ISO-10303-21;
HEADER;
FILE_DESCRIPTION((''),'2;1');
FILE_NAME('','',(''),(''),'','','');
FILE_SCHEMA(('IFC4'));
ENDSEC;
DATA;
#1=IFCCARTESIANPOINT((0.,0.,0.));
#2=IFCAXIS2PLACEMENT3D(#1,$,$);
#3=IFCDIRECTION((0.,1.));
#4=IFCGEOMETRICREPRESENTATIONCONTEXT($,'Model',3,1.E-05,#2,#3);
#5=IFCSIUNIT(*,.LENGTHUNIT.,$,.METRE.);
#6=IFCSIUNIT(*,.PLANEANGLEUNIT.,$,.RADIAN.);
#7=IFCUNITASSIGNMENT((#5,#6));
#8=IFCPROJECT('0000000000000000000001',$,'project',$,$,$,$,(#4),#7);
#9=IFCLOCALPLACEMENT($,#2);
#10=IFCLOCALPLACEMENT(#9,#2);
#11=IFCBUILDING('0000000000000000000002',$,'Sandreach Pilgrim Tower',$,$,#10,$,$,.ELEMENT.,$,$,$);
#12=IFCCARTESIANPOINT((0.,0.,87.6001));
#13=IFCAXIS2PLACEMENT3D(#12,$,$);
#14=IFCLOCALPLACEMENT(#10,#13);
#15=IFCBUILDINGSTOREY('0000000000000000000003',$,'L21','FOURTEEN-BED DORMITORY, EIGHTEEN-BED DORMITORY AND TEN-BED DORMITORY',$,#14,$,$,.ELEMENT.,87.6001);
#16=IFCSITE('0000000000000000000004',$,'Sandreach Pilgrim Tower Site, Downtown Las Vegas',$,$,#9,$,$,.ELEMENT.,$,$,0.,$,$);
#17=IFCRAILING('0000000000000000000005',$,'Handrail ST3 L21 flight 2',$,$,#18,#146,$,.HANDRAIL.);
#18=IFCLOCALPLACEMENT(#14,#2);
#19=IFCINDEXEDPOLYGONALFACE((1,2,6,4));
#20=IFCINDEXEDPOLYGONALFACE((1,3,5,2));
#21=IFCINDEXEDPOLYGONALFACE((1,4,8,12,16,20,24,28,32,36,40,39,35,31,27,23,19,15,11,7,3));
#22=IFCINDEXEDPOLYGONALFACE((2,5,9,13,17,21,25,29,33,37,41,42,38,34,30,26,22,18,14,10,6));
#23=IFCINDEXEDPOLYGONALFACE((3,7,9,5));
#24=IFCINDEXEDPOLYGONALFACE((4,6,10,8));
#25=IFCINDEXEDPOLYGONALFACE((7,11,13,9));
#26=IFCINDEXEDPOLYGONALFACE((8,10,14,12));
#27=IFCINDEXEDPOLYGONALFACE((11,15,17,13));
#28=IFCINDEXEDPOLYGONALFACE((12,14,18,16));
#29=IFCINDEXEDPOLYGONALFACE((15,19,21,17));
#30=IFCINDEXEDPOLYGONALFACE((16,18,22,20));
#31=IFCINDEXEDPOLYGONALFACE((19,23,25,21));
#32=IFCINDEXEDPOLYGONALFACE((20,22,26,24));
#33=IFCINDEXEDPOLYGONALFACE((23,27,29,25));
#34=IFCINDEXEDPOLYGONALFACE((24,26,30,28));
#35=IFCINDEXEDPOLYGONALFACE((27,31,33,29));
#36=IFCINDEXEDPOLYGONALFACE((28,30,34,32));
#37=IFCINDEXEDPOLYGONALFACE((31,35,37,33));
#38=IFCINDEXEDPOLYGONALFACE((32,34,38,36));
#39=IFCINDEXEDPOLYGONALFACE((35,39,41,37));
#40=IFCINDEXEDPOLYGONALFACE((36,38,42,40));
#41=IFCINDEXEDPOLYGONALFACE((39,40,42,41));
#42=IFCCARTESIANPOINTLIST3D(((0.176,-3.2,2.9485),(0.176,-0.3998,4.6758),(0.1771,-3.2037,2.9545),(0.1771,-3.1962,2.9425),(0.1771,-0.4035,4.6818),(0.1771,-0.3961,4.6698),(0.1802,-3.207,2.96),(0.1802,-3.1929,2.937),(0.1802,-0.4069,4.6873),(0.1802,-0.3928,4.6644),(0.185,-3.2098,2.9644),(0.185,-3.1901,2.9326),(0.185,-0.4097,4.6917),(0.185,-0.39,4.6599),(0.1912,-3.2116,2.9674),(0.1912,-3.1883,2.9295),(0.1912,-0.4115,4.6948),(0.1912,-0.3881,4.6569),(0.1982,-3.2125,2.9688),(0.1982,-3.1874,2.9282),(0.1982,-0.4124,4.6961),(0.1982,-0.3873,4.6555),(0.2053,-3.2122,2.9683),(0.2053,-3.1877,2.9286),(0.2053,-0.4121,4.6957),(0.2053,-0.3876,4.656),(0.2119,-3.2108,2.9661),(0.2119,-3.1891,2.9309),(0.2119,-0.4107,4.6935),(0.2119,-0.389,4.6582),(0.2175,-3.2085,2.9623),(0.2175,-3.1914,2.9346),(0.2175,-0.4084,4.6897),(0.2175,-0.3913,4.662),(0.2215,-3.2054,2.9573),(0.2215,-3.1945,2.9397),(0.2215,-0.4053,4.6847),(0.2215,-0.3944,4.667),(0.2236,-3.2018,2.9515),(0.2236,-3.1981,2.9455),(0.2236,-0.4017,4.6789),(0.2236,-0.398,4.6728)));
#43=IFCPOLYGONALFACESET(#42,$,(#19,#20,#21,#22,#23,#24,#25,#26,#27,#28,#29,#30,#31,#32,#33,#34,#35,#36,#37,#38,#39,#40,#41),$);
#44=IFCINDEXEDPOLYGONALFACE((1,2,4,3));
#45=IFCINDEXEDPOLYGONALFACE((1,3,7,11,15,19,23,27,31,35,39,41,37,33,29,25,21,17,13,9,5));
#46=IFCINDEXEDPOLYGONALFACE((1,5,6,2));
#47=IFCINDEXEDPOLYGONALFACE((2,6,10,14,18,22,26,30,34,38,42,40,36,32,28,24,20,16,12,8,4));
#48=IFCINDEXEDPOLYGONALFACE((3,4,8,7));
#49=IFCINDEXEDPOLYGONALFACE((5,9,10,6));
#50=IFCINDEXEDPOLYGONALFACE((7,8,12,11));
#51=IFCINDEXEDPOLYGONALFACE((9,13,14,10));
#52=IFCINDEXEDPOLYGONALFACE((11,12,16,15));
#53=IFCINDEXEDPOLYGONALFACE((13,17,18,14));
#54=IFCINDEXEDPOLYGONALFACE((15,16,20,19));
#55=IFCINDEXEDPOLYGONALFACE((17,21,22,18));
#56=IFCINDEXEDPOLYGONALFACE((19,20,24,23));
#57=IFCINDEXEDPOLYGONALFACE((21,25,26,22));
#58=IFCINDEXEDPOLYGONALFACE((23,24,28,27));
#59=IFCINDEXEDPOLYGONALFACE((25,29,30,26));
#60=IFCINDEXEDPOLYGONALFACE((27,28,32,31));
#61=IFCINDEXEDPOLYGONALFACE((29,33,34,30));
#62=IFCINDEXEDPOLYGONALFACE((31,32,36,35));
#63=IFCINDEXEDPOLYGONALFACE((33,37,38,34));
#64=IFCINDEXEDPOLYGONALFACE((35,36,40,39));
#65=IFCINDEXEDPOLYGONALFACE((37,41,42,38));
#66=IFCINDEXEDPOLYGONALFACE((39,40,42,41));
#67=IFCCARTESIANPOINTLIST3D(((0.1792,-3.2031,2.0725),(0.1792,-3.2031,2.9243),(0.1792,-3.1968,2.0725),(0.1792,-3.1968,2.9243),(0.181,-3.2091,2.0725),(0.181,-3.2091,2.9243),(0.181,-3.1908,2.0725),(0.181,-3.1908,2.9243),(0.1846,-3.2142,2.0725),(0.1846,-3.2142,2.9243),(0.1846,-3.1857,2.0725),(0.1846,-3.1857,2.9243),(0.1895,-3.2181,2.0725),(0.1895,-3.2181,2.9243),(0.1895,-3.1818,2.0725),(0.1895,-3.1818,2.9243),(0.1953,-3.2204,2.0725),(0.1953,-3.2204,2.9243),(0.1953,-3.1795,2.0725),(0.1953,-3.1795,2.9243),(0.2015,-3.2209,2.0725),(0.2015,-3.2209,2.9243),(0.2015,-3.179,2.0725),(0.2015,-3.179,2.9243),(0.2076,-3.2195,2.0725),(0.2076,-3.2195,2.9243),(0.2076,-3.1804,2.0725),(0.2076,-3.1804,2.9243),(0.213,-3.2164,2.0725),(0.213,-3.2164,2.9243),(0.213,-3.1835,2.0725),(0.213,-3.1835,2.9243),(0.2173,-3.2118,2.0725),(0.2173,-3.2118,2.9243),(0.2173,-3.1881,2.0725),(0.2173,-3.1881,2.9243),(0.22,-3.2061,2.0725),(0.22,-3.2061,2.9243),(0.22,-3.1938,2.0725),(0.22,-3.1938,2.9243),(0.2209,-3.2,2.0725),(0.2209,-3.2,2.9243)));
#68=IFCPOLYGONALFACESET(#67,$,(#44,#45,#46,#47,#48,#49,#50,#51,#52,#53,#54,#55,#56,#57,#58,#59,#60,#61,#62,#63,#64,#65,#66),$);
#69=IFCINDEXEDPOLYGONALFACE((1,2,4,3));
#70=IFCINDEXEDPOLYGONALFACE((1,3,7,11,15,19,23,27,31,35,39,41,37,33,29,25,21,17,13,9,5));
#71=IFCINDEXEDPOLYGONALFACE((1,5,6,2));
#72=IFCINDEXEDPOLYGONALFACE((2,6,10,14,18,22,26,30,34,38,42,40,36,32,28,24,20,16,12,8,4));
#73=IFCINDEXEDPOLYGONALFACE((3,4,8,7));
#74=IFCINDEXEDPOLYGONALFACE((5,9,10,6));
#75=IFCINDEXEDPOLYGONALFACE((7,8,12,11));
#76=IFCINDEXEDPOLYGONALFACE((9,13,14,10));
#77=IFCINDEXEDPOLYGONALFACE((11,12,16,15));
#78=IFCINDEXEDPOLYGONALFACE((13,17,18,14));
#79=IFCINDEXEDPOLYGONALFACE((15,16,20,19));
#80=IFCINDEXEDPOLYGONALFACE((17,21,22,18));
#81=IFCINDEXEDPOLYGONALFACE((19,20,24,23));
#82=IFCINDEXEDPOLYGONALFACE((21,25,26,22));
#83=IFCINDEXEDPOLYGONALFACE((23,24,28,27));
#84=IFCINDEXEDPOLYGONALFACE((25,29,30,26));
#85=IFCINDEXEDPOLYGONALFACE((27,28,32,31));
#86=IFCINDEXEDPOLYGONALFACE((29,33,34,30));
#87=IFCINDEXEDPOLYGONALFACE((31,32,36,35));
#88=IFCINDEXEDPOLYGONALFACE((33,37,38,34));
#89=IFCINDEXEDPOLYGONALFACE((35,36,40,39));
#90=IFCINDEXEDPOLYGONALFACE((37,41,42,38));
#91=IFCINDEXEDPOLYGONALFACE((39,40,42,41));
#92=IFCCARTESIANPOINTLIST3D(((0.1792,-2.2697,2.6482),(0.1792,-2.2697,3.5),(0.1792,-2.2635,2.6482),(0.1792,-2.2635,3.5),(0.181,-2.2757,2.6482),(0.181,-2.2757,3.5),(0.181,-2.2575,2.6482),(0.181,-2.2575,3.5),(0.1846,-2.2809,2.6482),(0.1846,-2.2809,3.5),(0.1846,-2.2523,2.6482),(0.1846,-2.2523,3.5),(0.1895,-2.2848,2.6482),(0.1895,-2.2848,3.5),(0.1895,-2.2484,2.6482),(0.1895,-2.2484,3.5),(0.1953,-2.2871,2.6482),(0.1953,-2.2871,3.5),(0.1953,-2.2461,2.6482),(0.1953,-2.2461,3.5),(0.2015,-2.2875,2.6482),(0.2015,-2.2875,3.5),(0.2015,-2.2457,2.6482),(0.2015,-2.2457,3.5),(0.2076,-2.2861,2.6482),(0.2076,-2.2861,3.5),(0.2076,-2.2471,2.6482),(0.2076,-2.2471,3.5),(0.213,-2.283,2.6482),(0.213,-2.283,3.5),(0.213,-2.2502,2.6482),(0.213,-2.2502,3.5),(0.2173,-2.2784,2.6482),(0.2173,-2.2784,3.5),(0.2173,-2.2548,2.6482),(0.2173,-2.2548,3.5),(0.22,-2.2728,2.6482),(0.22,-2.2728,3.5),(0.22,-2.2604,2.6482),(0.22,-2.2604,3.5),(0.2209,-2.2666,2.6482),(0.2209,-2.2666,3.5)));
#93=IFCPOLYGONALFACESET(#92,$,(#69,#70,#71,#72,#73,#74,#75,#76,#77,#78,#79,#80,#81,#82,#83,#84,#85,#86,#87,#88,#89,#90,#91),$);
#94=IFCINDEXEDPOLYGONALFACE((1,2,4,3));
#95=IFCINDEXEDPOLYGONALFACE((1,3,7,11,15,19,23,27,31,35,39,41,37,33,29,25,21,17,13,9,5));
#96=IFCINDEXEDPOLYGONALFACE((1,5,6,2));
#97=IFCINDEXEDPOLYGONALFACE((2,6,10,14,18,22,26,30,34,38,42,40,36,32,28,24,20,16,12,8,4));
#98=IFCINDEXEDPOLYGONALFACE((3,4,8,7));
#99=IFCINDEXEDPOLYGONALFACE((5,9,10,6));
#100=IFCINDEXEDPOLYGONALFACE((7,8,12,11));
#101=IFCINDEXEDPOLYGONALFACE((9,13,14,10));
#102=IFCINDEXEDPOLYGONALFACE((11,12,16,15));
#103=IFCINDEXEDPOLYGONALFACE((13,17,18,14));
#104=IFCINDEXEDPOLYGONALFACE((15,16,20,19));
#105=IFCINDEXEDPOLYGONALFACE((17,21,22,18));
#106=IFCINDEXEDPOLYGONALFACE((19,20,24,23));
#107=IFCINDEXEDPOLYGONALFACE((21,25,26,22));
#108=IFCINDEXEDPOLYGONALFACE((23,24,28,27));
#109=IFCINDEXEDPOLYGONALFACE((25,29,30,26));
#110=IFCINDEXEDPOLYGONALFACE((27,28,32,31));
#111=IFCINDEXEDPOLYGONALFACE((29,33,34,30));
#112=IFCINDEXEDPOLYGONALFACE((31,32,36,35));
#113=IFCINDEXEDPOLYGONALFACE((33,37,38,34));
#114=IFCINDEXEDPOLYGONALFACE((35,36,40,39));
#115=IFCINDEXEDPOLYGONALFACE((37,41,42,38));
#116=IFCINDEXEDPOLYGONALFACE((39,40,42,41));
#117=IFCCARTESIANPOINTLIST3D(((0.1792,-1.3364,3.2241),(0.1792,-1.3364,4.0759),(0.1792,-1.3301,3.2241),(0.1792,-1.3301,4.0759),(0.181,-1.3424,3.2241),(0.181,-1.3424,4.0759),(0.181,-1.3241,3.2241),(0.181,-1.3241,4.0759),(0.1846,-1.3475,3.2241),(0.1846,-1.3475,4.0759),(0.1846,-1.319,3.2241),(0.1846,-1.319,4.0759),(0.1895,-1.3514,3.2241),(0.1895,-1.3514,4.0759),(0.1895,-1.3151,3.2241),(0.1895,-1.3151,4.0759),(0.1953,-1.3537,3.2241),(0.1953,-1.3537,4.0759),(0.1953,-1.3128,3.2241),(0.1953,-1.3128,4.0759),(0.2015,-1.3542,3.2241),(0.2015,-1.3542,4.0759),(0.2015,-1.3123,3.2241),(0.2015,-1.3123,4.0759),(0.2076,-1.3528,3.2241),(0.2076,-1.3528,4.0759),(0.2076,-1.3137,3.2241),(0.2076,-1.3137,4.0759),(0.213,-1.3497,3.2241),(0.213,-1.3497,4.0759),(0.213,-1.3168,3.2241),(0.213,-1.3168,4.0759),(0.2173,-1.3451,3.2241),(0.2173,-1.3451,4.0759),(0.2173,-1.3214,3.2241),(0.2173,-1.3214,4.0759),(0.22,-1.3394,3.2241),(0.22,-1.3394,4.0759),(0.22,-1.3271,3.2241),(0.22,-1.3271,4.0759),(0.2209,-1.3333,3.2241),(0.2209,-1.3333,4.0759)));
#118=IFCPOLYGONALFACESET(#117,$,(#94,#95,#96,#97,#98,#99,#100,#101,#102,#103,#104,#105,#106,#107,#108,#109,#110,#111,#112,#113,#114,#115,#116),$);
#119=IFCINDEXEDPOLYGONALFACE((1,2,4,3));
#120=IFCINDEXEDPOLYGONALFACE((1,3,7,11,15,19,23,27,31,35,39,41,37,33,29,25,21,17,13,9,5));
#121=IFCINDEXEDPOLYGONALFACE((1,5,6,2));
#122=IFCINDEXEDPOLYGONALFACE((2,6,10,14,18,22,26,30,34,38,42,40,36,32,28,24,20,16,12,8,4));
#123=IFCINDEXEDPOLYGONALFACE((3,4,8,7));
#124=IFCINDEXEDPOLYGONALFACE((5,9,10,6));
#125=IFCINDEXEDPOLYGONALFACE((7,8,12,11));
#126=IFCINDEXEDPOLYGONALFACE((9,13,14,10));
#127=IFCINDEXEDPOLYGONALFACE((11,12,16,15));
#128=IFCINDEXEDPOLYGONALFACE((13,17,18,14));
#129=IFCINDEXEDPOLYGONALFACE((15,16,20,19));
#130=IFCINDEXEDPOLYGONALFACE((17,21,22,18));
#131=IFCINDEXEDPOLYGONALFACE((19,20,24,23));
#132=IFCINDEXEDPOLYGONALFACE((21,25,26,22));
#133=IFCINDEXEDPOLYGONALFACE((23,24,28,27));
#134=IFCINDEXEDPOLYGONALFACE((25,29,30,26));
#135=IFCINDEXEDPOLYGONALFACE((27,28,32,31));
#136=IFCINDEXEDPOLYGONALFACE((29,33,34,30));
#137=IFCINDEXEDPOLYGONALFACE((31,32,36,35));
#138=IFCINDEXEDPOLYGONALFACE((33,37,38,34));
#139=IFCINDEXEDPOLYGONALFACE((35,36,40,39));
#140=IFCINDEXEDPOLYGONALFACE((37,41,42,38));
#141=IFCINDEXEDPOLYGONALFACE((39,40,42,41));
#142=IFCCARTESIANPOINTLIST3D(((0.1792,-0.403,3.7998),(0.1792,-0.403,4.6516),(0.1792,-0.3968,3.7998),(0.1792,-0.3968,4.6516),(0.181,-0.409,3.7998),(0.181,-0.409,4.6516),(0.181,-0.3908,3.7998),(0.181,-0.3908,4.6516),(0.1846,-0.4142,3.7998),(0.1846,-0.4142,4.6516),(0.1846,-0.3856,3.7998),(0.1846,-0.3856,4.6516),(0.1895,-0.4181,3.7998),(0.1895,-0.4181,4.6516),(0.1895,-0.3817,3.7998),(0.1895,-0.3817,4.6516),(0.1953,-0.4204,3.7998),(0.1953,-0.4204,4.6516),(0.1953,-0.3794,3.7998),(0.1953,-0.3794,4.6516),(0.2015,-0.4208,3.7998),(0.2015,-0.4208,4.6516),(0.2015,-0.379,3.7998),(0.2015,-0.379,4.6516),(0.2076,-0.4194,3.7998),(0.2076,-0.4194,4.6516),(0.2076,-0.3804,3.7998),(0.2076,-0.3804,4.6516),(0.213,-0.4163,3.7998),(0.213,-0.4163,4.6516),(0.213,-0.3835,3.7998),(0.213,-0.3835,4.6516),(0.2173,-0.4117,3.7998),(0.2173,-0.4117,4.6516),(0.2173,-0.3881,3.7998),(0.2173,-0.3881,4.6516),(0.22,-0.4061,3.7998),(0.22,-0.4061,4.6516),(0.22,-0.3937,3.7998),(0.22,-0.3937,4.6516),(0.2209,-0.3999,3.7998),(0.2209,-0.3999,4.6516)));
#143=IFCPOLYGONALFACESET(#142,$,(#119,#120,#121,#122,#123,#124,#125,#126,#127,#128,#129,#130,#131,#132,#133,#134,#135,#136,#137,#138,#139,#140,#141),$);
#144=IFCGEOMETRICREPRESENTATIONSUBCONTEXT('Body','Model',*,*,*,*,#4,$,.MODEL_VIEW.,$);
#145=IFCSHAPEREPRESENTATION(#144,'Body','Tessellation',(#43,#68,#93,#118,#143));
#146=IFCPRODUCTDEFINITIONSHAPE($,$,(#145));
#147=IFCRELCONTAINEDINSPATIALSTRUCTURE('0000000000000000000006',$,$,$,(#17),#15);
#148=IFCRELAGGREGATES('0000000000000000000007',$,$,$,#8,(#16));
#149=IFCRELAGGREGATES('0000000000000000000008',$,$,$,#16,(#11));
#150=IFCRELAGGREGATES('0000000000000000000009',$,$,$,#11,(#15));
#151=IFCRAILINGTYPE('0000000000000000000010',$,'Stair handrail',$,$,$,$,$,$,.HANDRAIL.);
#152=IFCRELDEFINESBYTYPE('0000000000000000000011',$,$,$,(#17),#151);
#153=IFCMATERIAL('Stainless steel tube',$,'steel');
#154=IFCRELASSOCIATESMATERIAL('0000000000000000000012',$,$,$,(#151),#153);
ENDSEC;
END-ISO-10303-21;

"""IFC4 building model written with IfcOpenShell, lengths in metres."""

from ifc_helpers import new_model, si_unit, direction, frame, origin, origin_2d, place, context, subcontext, project, spatial, circle, extrude, material, type_object, element, save


model = new_model("IFC4")

# Units and contexts
model_context = context("Model", 3, precision=1e-05, world=origin(), true_north=direction((0.0, 1.0)))
body_context = subcontext(model_context, "Body", "Model", "MODEL_VIEW")
ifc_project = project(units=[si_unit("LENGTHUNIT", "METRE"), si_unit("PLANEANGLEUNIT", "RADIAN")], contexts=[model_context])

# Site, building, storey
site_placement = place(None, origin())
site = spatial("IfcSite", under=ifc_project, at=site_placement, Name="Sandreach Pilgrim Tower Site, Downtown Las Vegas", CompositionType="ELEMENT", RefElevation=0.0)
building_placement = place(site_placement, origin())
building = spatial("IfcBuilding", under=site, at=building_placement, Name="Sandreach Pilgrim Tower", CompositionType="ELEMENT")
storey_placement = place(building_placement, frame((0.0, 0.0, 87.6001)))
storey = spatial("IfcBuildingStorey", under=building, at=storey_placement, Name="L21", Description="FOURTEEN-BED DORMITORY, EIGHTEEN-BED DORMITORY AND TEN-BED DORMITORY", CompositionType="ELEMENT", Elevation=87.6001)

# Railing
ifc_material_1 = material(Name="Stainless steel tube", Category="steel")
railing_type = type_object("IfcRailingType", Name="Stair handrail", PredefinedType="HANDRAIL", material=ifc_material_1)
for number, where, name in (
    (1, (0.2, -3.2, 2.0725), "Handrail ST3 L21 flight 2"),
):
    element("IfcRailing", number, at=place(storey_placement, frame(where)), inside=storey, type_object=railing_type, Name=name, PredefinedType="HANDRAIL", context=body_context, shape_type="SweptSolid", body=[
        extrude(circle(Radius=0.0239, at=origin_2d()), frame((0.0, 0.0, 0.876), z_axis=(0.0, 0.85109, 0.52502), x_axis=(-1.0, 0.0, 0.0)), (0.0, 0.0, 1.0), 3.29),
        extrude(circle(Radius=0.021, at=origin_2d()), origin(), (0.0, 0.0, 1.0), 0.8518),
        extrude(circle(Radius=0.021, at=origin_2d()), frame((0.0, 0.9333, 0.5757)), (0.0, 0.0, 1.0), 0.8518),
        extrude(circle(Radius=0.021, at=origin_2d()), frame((0.0, 1.8667, 1.1516)), (0.0, 0.0, 1.0), 0.8518),
        extrude(circle(Radius=0.021, at=origin_2d()), frame((0.0, 2.8, 1.7273)), (0.0, 0.0, 1.0), 0.8518),
    ])

save(model, "model.ifc")
